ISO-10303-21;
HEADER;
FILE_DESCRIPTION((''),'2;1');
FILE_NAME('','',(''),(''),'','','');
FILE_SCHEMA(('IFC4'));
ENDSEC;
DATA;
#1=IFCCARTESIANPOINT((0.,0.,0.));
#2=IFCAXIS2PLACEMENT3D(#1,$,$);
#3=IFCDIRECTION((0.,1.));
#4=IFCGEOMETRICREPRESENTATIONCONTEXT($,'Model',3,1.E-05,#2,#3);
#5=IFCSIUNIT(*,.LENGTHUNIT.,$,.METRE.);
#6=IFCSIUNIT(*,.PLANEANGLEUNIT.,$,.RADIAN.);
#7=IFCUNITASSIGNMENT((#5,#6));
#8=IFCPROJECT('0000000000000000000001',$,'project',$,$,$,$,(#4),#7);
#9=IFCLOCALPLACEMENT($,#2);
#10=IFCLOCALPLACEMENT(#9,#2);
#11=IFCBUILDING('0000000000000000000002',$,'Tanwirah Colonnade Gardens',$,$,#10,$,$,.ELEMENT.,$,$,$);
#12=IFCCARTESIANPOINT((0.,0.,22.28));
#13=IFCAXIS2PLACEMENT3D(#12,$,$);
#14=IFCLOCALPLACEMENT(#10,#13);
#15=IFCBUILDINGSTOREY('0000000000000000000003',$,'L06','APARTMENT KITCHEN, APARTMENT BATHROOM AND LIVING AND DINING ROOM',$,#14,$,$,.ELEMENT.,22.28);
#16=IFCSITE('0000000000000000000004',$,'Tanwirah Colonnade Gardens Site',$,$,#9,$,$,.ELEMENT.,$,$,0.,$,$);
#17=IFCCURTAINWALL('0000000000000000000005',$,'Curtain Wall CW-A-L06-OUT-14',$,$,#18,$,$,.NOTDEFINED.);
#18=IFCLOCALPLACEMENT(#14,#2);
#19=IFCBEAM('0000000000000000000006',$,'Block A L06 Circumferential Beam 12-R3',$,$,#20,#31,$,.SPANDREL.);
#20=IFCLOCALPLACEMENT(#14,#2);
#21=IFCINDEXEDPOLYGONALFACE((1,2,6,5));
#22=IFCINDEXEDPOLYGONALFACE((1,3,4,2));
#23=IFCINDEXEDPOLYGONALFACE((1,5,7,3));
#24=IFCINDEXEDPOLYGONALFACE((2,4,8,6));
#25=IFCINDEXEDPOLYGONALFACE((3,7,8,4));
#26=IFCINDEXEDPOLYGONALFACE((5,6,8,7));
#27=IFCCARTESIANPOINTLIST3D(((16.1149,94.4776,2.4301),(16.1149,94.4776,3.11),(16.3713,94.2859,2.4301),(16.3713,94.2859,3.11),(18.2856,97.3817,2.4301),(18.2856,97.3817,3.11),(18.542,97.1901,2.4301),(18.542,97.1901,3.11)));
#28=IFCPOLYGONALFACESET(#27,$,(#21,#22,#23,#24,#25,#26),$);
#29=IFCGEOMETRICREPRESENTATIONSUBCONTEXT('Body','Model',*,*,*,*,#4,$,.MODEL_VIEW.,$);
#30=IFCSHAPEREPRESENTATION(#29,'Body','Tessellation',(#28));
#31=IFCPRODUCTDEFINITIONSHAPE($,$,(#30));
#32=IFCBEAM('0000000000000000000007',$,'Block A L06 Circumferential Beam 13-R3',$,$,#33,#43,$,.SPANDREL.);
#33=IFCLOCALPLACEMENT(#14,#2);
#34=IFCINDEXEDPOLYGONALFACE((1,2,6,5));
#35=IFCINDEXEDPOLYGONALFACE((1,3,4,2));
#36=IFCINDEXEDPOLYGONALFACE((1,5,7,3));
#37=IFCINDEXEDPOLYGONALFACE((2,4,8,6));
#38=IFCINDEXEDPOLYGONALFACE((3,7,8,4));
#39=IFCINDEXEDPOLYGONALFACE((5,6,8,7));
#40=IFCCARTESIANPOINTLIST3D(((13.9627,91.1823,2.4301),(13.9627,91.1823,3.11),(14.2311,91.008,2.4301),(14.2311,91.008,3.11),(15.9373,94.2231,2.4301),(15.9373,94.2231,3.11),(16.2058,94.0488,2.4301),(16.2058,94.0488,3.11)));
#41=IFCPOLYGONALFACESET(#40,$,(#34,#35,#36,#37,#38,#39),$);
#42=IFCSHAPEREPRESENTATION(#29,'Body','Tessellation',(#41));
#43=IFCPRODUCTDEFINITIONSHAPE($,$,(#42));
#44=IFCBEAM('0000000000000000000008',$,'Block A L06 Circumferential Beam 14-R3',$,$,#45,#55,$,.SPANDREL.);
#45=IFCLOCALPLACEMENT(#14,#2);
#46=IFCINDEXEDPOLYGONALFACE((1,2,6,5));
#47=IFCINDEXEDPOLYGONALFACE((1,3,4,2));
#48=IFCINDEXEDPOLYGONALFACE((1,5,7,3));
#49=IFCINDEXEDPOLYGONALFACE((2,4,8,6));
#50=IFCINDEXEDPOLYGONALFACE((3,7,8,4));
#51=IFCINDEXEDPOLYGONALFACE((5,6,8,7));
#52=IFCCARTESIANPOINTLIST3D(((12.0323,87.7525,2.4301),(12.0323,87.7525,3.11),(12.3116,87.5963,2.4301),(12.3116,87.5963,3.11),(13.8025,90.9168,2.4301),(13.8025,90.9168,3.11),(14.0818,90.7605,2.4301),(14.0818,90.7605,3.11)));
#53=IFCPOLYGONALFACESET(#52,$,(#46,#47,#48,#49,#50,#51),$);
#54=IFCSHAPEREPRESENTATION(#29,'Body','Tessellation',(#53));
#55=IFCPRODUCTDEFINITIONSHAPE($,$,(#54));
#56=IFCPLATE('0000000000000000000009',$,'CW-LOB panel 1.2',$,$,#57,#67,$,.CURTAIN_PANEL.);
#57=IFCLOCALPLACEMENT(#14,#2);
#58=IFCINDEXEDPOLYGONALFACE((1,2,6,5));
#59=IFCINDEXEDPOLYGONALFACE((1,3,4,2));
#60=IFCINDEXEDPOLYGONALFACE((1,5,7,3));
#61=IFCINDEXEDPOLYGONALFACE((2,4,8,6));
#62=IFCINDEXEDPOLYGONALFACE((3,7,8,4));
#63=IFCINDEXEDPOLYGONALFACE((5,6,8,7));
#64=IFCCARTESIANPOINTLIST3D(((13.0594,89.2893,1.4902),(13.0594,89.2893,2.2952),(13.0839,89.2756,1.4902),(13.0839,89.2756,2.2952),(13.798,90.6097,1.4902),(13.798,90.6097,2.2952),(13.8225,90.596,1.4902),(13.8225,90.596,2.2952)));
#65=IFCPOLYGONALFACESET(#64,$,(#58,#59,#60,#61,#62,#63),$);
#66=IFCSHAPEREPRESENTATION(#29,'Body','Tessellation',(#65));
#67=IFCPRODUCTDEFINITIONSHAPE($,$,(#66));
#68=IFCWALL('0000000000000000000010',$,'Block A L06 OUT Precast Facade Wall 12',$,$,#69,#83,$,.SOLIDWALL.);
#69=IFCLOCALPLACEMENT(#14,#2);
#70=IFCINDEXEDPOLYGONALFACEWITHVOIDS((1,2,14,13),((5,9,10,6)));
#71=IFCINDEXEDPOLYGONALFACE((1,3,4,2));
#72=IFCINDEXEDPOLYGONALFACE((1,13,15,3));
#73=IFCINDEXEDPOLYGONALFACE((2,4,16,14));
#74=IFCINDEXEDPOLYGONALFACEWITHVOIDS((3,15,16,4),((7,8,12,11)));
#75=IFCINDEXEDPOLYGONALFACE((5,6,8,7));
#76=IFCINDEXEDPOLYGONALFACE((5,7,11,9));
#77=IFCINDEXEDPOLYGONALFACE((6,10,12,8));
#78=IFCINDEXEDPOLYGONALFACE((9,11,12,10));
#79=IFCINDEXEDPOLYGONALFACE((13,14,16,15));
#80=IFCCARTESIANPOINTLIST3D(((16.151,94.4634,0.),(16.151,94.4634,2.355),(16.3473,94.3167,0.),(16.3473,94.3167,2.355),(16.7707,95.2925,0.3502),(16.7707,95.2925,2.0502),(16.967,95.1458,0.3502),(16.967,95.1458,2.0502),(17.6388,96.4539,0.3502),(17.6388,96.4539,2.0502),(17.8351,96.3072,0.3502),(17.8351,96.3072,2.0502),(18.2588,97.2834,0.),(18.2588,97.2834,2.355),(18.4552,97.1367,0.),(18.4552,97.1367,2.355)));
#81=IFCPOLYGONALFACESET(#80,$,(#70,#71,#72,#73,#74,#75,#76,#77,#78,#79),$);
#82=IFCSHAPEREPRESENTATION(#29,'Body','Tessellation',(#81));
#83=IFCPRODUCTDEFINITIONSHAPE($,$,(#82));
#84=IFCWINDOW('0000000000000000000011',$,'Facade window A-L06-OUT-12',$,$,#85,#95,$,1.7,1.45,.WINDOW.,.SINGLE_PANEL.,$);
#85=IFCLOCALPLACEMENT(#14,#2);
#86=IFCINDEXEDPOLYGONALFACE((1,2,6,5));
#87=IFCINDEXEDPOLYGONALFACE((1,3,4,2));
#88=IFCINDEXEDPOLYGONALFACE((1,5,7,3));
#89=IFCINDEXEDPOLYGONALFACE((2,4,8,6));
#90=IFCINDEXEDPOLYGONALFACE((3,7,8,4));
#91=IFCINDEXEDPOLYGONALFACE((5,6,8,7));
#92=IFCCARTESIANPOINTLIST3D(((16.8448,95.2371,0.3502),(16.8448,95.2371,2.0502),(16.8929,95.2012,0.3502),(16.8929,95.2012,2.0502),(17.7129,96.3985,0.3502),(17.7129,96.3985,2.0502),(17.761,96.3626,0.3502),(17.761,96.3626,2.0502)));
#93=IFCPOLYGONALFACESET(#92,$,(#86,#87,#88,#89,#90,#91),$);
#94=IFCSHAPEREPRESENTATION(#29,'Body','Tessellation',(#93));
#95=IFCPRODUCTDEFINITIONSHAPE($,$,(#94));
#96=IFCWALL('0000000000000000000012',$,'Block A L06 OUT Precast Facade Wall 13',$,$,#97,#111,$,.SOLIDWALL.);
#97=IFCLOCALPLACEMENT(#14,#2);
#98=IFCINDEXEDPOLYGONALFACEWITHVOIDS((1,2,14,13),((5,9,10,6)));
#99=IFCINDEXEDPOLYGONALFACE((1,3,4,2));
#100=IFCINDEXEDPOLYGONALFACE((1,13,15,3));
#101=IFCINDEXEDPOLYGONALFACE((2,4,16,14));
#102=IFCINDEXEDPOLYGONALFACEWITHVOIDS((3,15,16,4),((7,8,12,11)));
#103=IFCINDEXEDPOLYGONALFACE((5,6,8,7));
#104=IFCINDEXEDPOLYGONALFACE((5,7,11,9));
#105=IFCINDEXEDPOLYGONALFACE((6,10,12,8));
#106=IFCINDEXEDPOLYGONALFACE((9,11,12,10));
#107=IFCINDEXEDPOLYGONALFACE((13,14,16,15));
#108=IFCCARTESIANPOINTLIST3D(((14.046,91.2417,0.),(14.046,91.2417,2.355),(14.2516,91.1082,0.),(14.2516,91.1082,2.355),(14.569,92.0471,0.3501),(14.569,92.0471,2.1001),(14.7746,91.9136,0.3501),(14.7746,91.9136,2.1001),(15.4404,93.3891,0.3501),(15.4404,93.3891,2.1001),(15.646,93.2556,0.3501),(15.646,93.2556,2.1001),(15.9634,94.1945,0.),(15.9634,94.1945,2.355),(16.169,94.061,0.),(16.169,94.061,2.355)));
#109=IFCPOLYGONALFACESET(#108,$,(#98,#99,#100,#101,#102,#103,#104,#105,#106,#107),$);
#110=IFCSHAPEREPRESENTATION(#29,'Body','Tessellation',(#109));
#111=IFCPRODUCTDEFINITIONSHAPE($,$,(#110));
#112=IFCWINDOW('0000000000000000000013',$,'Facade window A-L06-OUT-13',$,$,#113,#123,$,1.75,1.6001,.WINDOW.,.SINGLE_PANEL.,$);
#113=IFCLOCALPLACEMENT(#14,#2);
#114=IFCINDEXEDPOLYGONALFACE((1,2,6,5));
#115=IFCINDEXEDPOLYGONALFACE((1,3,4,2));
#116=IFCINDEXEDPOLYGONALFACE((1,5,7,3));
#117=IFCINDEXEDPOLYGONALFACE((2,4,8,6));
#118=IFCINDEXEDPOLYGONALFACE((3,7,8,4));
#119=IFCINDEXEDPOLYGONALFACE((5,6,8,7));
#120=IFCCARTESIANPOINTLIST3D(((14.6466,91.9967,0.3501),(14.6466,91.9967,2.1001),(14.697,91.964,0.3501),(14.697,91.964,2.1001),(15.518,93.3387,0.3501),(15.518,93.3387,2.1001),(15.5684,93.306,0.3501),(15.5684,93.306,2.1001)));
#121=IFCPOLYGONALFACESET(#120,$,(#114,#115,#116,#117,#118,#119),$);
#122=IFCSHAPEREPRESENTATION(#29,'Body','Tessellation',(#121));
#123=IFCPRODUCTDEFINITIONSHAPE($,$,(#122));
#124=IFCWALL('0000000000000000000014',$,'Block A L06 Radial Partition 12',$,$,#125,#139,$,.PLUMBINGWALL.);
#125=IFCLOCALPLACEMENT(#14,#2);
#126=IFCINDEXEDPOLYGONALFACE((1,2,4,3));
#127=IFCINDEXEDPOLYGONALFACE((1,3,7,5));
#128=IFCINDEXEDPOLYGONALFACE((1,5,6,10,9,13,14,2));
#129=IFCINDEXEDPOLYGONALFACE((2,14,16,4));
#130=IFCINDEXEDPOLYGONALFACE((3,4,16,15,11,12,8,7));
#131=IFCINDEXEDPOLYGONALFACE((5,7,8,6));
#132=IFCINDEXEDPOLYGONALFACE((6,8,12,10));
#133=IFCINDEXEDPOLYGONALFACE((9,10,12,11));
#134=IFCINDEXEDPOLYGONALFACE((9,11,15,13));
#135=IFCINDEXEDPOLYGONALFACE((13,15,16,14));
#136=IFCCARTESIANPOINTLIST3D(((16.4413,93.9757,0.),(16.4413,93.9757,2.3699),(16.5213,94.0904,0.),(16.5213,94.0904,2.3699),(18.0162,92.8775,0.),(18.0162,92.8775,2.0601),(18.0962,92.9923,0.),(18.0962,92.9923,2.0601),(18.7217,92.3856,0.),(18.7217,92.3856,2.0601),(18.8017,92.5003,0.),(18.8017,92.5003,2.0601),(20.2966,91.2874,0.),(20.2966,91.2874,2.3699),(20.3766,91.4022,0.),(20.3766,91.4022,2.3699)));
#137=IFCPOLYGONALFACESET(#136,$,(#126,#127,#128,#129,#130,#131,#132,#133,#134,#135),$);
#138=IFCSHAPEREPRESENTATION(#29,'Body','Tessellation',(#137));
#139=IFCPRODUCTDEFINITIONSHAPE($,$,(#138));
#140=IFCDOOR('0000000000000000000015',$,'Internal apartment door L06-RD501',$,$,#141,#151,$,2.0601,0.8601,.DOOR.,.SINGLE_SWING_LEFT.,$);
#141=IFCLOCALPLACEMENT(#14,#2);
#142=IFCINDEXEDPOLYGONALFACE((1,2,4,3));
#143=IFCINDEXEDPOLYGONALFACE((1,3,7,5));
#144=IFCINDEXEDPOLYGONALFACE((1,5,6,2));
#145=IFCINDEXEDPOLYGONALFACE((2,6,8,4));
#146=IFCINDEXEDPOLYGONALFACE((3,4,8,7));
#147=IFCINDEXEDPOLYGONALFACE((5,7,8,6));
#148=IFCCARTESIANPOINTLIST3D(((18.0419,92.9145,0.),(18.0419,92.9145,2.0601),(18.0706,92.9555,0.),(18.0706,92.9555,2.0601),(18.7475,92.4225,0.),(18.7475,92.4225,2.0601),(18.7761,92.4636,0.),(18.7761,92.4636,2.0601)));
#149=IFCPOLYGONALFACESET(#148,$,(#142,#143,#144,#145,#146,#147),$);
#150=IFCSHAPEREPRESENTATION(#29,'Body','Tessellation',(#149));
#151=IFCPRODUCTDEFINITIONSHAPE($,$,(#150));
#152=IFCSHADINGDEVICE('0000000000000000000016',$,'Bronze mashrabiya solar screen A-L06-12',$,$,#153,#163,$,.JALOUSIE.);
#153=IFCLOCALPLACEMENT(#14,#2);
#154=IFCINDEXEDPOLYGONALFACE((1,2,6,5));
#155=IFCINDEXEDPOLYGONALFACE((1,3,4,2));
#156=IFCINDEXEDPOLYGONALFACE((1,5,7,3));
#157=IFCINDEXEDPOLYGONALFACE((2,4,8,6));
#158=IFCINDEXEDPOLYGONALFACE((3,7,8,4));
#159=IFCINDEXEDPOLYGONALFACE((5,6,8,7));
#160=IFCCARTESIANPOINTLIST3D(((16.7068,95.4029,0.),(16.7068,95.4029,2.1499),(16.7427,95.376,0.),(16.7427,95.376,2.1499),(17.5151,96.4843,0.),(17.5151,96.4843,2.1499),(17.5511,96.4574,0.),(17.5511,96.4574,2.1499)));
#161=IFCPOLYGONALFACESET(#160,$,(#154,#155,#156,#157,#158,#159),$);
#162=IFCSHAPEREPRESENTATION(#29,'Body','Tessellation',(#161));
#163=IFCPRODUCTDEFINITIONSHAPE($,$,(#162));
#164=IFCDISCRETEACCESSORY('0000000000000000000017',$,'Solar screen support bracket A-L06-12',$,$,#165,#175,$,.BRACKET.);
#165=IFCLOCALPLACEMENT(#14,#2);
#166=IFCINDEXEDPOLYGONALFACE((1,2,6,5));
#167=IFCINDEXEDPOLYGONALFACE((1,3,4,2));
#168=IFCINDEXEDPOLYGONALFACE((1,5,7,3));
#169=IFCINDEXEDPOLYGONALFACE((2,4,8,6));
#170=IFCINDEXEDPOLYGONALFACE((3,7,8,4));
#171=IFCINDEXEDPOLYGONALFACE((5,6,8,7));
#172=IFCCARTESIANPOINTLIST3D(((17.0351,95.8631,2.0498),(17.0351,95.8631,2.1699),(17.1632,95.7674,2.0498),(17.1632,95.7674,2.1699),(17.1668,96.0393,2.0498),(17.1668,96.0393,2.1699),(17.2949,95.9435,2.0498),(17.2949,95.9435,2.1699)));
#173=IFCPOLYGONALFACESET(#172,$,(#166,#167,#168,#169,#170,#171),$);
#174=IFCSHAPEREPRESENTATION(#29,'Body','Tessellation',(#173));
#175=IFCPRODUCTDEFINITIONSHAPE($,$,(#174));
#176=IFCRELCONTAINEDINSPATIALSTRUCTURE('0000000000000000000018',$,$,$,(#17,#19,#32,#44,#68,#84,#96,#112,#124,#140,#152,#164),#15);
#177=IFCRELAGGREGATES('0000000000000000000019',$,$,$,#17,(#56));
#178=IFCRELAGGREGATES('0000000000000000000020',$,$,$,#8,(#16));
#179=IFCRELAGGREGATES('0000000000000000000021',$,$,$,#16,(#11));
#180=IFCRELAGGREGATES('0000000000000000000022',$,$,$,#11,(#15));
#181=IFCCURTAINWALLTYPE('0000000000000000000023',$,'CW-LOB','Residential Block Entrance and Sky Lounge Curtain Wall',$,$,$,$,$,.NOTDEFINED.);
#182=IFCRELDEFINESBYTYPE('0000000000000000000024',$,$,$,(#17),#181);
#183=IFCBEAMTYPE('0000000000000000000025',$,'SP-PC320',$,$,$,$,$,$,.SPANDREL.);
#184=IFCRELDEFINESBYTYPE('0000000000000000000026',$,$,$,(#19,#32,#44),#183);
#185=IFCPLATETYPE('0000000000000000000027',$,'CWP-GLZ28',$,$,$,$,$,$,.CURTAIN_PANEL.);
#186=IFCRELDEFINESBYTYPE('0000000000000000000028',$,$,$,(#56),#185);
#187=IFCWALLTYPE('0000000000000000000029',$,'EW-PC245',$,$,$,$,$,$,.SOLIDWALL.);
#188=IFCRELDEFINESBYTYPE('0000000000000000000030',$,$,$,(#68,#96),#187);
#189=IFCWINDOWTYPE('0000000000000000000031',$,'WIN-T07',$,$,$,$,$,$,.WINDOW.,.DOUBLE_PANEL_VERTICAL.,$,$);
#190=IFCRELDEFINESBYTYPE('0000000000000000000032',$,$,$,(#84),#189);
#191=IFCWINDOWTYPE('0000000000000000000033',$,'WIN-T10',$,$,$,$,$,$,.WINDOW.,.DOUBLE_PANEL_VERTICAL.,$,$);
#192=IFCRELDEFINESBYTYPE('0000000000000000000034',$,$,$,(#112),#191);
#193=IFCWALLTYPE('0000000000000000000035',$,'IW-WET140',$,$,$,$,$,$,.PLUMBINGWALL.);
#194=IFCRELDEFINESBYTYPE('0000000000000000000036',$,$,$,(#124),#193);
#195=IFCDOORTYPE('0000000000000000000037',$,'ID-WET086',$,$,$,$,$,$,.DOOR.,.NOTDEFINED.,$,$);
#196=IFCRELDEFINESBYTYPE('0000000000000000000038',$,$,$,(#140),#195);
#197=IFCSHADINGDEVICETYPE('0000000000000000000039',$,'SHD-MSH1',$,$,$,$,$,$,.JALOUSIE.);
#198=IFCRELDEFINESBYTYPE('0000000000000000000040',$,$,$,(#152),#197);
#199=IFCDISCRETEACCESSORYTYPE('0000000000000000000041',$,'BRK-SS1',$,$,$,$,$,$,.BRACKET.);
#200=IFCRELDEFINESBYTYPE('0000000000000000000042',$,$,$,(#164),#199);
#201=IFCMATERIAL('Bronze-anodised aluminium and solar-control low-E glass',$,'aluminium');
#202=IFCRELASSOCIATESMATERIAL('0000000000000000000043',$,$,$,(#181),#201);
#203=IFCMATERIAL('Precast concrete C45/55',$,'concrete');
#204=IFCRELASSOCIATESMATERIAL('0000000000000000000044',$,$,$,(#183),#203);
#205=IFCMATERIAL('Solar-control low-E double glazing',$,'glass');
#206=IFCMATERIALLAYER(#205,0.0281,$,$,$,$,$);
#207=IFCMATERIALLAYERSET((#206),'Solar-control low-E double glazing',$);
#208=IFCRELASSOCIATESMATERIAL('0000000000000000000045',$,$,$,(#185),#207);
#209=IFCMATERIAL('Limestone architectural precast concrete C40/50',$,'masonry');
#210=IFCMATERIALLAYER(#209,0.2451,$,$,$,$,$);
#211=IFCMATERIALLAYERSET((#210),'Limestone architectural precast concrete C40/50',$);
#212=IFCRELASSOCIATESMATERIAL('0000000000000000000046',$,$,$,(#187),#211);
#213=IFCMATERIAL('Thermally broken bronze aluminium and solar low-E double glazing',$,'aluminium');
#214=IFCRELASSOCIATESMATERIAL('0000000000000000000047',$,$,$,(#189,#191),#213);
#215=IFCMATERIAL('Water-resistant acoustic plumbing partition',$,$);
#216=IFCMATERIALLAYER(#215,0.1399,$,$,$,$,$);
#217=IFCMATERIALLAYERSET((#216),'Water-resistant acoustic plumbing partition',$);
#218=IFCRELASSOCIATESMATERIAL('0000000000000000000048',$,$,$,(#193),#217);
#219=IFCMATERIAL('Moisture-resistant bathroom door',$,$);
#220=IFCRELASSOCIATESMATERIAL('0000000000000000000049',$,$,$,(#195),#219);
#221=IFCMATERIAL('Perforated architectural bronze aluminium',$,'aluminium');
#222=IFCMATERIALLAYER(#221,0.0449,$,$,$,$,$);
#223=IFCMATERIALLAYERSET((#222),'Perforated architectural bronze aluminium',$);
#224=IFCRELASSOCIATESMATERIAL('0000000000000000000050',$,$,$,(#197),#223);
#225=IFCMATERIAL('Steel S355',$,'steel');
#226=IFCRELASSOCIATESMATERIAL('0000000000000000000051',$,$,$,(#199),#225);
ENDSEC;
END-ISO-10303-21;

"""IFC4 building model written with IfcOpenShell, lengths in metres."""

from ifc_helpers import new_model, si_unit, direction, frame, frame_2d, origin, origin_2d, place, context, subcontext, project, spatial, rectangle, extrude, material, layer, layer_set, material_profile, profile_set, type_object, element, fill, aggregate, save


model = new_model("IFC4")

# Units and contexts
model_context = context("Model", 3, precision=1e-05, world=origin(), true_north=direction((0.0, 1.0)))
body_context = subcontext(model_context, "Body", "Model", "MODEL_VIEW")
ifc_project = project(units=[si_unit("LENGTHUNIT", "METRE"), si_unit("PLANEANGLEUNIT", "RADIAN")], contexts=[model_context])

# Site, building, storey
site_placement = place(None, origin())
site = spatial("IfcSite", under=ifc_project, at=site_placement, Name="Tanwirah Colonnade Gardens Site", CompositionType="ELEMENT", RefElevation=0.0)
building_placement = place(site_placement, origin())
building = spatial("IfcBuilding", under=site, at=building_placement, Name="Tanwirah Colonnade Gardens", CompositionType="ELEMENT")
storey_placement = place(building_placement, frame((0.0, 0.0, 22.28)))
storey = spatial("IfcBuildingStorey", under=building, at=storey_placement, Name="L06", Description="APARTMENT KITCHEN, APARTMENT BATHROOM AND LIVING AND DINING ROOM", CompositionType="ELEMENT", Elevation=22.28)

# Shared definitions
ifc_material_1 = material(Name="Precast concrete C45/55", Category="concrete")

# Curtain wall
ifc_material_2 = material(Name="Bronze-anodised aluminium and solar-control low-E glass", Category="aluminium")
curtain_wall_type = type_object("IfcCurtainWallType", Name="CW-LOB", Description="Residential Block Entrance and Sky Lounge Curtain Wall", PredefinedType="NOTDEFINED", material=ifc_material_2)
curtain_wall_placement = place(storey_placement, origin())
curtain_wall = element("IfcCurtainWall", 1, at=curtain_wall_placement, inside=storey, type_object=curtain_wall_type, Name="Curtain Wall CW-A-L06-OUT-14", PredefinedType="NOTDEFINED")

# Beams
ifc_material_profile_1 = material_profile(ifc_material_1, rectangle(XDim=0.3201, YDim=0.6799, at=origin_2d()), Name="PC-SP 320x680")
ifc_profile_set_1 = profile_set([ifc_material_profile_1], Name="Precast concrete C45/55")
beam_type_1 = type_object("IfcBeamType", Name="SP-PC320", PredefinedType="SPANDREL", material=ifc_profile_set_1)
for number, where, z_axis, x_axis, name in (
    (2, (18.4138, 97.2859, 2.77), (-0.598696, -0.800977, 0.0), (0.800977, -0.598696, 0.0), "Block A L06 Circumferential Beam 12-R3"),
    (3, (16.0715, 94.136, 2.77), (-0.544621, -0.838682, 0.0), (0.838682, -0.544621, 0.0), "Block A L06 Circumferential Beam 13-R3"),
    (4, (13.9421, 90.8386, 2.77), (-0.488236, -0.872711, 0.0), (0.872711, -0.488236, 0.0), "Block A L06 Circumferential Beam 14-R3"),
):
    element("IfcBeam", number, at=place(storey_placement, frame(where, z_axis=z_axis, x_axis=x_axis)), inside=storey, type_object=beam_type_1, Name=name, PredefinedType="SPANDREL", context=body_context, shape_type="SweptSolid", body=[
        extrude(rectangle(XDim=0.3201, YDim=0.6799, at=origin_2d()), origin(), (0.0, 0.0, 1.0), 3.6257),
    ])

# Plate
ifc_material_3 = material(Name="Solar-control low-E double glazing", Category="glass")
ifc_layer_1 = layer(ifc_material_3, 0.0281)
ifc_layer_set_1 = layer_set([ifc_layer_1], Name="Solar-control low-E double glazing")
plate_type = type_object("IfcPlateType", Name="CWP-GLZ28", PredefinedType="CURTAIN_PANEL", material=ifc_layer_set_1)
plate_placement = place(storey_placement, frame((13.4409, 89.9426, 1.4902), z_axis=(0.0, 0.0, 1.0), x_axis=(-0.488199, -0.872732, 0.0)))
plate = element("IfcPlate", 5, at=plate_placement, type_object=plate_type, Name="CW-LOB panel 1.2", PredefinedType="CURTAIN_PANEL", context=body_context, shape_type="SweptSolid", body=[
    extrude(rectangle(XDim=1.5129, YDim=0.0281, at=origin_2d()), origin(), (0.0, 0.0, 1.0), 0.8049),
])
aggregate(curtain_wall, [plate])

# Walls, openings, windows
ifc_material_4 = material(Name="Limestone architectural precast concrete C40/50", Category="masonry")
ifc_layer_2 = layer(ifc_material_4, 0.2451)
ifc_layer_set_2 = layer_set([ifc_layer_2], Name="Limestone architectural precast concrete C40/50")
wall_type_1 = type_object("IfcWallType", Name="EW-PC245", PredefinedType="SOLIDWALL", material=ifc_layer_set_2)
wall_1_placement = place(storey_placement, frame((18.3569, 97.21, 0.0), z_axis=(0.0, 0.0, 1.0), x_axis=(-0.598701, -0.800973, 0.0)))
wall_1 = element("IfcWall", 6, at=wall_1_placement, inside=storey, type_object=wall_type_1, Name="Block A L06 OUT Precast Facade Wall 12", PredefinedType="SOLIDWALL", context=body_context, shape_type="SweptSolid", body=[
    extrude(rectangle(XDim=3.5208, YDim=0.2451, at=frame_2d((1.7603, 0.0))), origin(), (0.0, 0.0, 1.0), 2.355),
])
opening_1_placement = place(wall_1_placement, frame((1.0354, 0.0, 0.3501)))
opening_1 = element("IfcOpeningElement", 7, at=opening_1_placement, cuts=wall_1, PredefinedType="OPENING", context=body_context, shape_type="SweptSolid", body=[
    extrude(rectangle(XDim=1.45, YDim=1.7, at=frame_2d((0.7251, 0.8501))), frame((0.0, 0.1326, 0.0), z_axis=(0.0, -1.0, 0.0), x_axis=(1.0, 0.0, 0.0)), (0.0, 0.0, 1.0), 0.2651),
])
ifc_material_5 = material(Name="Thermally broken bronze aluminium and solar low-E double glazing", Category="aluminium")
window_type_1 = type_object("IfcWindowType", Name="WIN-T07", PartitioningType="DOUBLE_PANEL_VERTICAL", PredefinedType="WINDOW", material=ifc_material_5)
window_1_placement = place(opening_1_placement, origin())
window_1 = element("IfcWindow", 8, at=window_1_placement, inside=storey, type_object=window_type_1, Name="Facade window A-L06-OUT-12", OverallHeight=1.7, OverallWidth=1.45, PartitioningType="SINGLE_PANEL", PredefinedType="WINDOW", context=body_context, shape_type="SweptSolid", body=[
    extrude(rectangle(XDim=1.45, YDim=1.7, at=frame_2d((0.7251, 0.8501))), frame((0.0, 0.03, 0.0), z_axis=(0.0, -1.0, 0.0), x_axis=(1.0, 0.0, 0.0)), (0.0, 0.0, 1.0), 0.0601),
])
fill(opening_1, window_1)
wall_2_placement = place(storey_placement, frame((16.0662, 94.1277, 0.0), z_axis=(0.0, 0.0, 1.0), x_axis=(-0.544611, -0.838689, 0.0)))
wall_2 = element("IfcWall", 9, at=wall_2_placement, inside=storey, type_object=wall_type_1, Name="Block A L06 OUT Precast Facade Wall 13", PredefinedType="SOLIDWALL", context=body_context, shape_type="SweptSolid", body=[
    extrude(rectangle(XDim=3.5208, YDim=0.2451, at=frame_2d((1.7603, 0.0))), origin(), (0.0, 0.0, 1.0), 2.355),
])
opening_2_placement = place(wall_2_placement, frame((0.9602, 0.0, 0.3501)))
opening_2 = element("IfcOpeningElement", 10, at=opening_2_placement, cuts=wall_2, PredefinedType="OPENING", context=body_context, shape_type="SweptSolid", body=[
    extrude(rectangle(XDim=1.6001, YDim=1.75, at=frame_2d((0.8, 0.875))), frame((0.0, 0.1326, 0.0), z_axis=(0.0, -1.0, 0.0), x_axis=(1.0, 0.0, 0.0)), (0.0, 0.0, 1.0), 0.2651),
])
window_type_2 = type_object("IfcWindowType", Name="WIN-T10", PartitioningType="DOUBLE_PANEL_VERTICAL", PredefinedType="WINDOW", material=ifc_material_5)
window_2_placement = place(opening_2_placement, origin())
window_2 = element("IfcWindow", 11, at=window_2_placement, inside=storey, type_object=window_type_2, Name="Facade window A-L06-OUT-13", OverallHeight=1.75, OverallWidth=1.6001, PartitioningType="SINGLE_PANEL", PredefinedType="WINDOW", context=body_context, shape_type="SweptSolid", body=[
    extrude(rectangle(XDim=1.6001, YDim=1.75, at=frame_2d((0.8, 0.875))), frame((0.0, 0.03, 0.0), z_axis=(0.0, -1.0, 0.0), x_axis=(1.0, 0.0, 0.0)), (0.0, 0.0, 1.0), 0.0601),
])
fill(opening_2, window_2)

# Wall, opening, door
ifc_material_6 = material(Name="Water-resistant acoustic plumbing partition")
ifc_layer_3 = layer(ifc_material_6, 0.1399)
ifc_layer_set_3 = layer_set([ifc_layer_3], Name="Water-resistant acoustic plumbing partition")
wall_type_2 = type_object("IfcWallType", Name="IW-WET140", PredefinedType="PLUMBINGWALL", material=ifc_layer_set_3)
wall_3_placement = place(storey_placement, frame((20.3367, 91.3447, 0.0), z_axis=(0.0, 0.0, 1.0), x_axis=(-0.820273, 0.571973, 0.0)))
wall_3 = element("IfcWall", 12, at=wall_3_placement, inside=storey, type_object=wall_type_2, Name="Block A L06 Radial Partition 12", PredefinedType="PLUMBINGWALL", context=body_context, shape_type="SweptSolid", body=[
    extrude(rectangle(XDim=4.7, YDim=0.1399, at=frame_2d((2.3501, 0.0))), origin(), (0.0, 0.0, 1.0), 2.3699),
])
opening_3_placement = place(wall_3_placement, frame((1.9199, 0.0, 0.0)))
opening_3 = element("IfcOpeningElement", 13, at=opening_3_placement, cuts=wall_3, PredefinedType="OPENING", context=body_context, shape_type="SweptSolid", body=[
    extrude(rectangle(XDim=0.8601, YDim=2.0601, at=frame_2d((0.4302, 1.03))), frame((0.0, 0.0798, 0.0), z_axis=(0.0, -1.0, 0.0), x_axis=(1.0, 0.0, 0.0)), (0.0, 0.0, 1.0), 0.1599),
])
ifc_material_7 = material(Name="Moisture-resistant bathroom door")
door_type_1 = type_object("IfcDoorType", Name="ID-WET086", OperationType="NOTDEFINED", PredefinedType="DOOR", material=ifc_material_7)
door_1_placement = place(opening_3_placement, origin())
door_1 = element("IfcDoor", 14, at=door_1_placement, inside=storey, type_object=door_type_1, Name="Internal apartment door L06-RD501", OperationType="SINGLE_SWING_LEFT", OverallHeight=2.0601, OverallWidth=0.8601, PredefinedType="DOOR", context=body_context, shape_type="SweptSolid", body=[
    extrude(rectangle(XDim=0.8601, YDim=2.0601, at=frame_2d((0.4302, 1.03))), frame((0.0, 0.0249, 0.0), z_axis=(0.0, -1.0, 0.0), x_axis=(1.0, 0.0, 0.0)), (0.0, 0.0, 1.0), 0.05),
])
fill(opening_3, door_1)

# Shading device
ifc_material_8 = material(Name="Perforated architectural bronze aluminium", Category="aluminium")
ifc_layer_4 = layer(ifc_material_8, 0.0449)
ifc_layer_set_4 = layer_set([ifc_layer_4], Name="Perforated architectural bronze aluminium")
shading_device_type = type_object("IfcShadingDeviceType", Name="SHD-MSH1", PredefinedType="JALOUSIE", material=ifc_layer_set_4)
shading_device_placement = place(storey_placement, frame((17.1289, 95.9302, 0.0), z_axis=(0.0, 0.0, 1.0), x_axis=(-0.598714, -0.800963, 0.0)))
element("IfcShadingDevice", 15, at=shading_device_placement, inside=storey, type_object=shading_device_type, Name="Bronze mashrabiya solar screen A-L06-12", PredefinedType="JALOUSIE", context=body_context, shape_type="SweptSolid", body=[
    extrude(rectangle(XDim=1.3501, YDim=0.0449, at=origin_2d()), origin(), (0.0, 0.0, 1.0), 2.1499),
])

# Discrete accessory
ifc_material_9 = material(Name="Steel S355", Category="steel")
discrete_accessory_type = type_object("IfcDiscreteAccessoryType", Name="BRK-SS1", PredefinedType="BRACKET", material=ifc_material_9)
discrete_accessory_placement = place(storey_placement, frame((17.165, 95.9033, 2.0498), z_axis=(0.0, 0.0, 1.0), x_axis=(-0.598714, -0.800963, 0.0)))
element("IfcDiscreteAccessory", 16, at=discrete_accessory_placement, inside=storey, type_object=discrete_accessory_type, Name="Solar screen support bracket A-L06-12", PredefinedType="BRACKET", context=body_context, shape_type="SweptSolid", body=[
    extrude(rectangle(XDim=0.22, YDim=0.1599, at=origin_2d()), origin(), (0.0, 0.0, 1.0), 0.1201),
])

save(model, "model.ifc")
